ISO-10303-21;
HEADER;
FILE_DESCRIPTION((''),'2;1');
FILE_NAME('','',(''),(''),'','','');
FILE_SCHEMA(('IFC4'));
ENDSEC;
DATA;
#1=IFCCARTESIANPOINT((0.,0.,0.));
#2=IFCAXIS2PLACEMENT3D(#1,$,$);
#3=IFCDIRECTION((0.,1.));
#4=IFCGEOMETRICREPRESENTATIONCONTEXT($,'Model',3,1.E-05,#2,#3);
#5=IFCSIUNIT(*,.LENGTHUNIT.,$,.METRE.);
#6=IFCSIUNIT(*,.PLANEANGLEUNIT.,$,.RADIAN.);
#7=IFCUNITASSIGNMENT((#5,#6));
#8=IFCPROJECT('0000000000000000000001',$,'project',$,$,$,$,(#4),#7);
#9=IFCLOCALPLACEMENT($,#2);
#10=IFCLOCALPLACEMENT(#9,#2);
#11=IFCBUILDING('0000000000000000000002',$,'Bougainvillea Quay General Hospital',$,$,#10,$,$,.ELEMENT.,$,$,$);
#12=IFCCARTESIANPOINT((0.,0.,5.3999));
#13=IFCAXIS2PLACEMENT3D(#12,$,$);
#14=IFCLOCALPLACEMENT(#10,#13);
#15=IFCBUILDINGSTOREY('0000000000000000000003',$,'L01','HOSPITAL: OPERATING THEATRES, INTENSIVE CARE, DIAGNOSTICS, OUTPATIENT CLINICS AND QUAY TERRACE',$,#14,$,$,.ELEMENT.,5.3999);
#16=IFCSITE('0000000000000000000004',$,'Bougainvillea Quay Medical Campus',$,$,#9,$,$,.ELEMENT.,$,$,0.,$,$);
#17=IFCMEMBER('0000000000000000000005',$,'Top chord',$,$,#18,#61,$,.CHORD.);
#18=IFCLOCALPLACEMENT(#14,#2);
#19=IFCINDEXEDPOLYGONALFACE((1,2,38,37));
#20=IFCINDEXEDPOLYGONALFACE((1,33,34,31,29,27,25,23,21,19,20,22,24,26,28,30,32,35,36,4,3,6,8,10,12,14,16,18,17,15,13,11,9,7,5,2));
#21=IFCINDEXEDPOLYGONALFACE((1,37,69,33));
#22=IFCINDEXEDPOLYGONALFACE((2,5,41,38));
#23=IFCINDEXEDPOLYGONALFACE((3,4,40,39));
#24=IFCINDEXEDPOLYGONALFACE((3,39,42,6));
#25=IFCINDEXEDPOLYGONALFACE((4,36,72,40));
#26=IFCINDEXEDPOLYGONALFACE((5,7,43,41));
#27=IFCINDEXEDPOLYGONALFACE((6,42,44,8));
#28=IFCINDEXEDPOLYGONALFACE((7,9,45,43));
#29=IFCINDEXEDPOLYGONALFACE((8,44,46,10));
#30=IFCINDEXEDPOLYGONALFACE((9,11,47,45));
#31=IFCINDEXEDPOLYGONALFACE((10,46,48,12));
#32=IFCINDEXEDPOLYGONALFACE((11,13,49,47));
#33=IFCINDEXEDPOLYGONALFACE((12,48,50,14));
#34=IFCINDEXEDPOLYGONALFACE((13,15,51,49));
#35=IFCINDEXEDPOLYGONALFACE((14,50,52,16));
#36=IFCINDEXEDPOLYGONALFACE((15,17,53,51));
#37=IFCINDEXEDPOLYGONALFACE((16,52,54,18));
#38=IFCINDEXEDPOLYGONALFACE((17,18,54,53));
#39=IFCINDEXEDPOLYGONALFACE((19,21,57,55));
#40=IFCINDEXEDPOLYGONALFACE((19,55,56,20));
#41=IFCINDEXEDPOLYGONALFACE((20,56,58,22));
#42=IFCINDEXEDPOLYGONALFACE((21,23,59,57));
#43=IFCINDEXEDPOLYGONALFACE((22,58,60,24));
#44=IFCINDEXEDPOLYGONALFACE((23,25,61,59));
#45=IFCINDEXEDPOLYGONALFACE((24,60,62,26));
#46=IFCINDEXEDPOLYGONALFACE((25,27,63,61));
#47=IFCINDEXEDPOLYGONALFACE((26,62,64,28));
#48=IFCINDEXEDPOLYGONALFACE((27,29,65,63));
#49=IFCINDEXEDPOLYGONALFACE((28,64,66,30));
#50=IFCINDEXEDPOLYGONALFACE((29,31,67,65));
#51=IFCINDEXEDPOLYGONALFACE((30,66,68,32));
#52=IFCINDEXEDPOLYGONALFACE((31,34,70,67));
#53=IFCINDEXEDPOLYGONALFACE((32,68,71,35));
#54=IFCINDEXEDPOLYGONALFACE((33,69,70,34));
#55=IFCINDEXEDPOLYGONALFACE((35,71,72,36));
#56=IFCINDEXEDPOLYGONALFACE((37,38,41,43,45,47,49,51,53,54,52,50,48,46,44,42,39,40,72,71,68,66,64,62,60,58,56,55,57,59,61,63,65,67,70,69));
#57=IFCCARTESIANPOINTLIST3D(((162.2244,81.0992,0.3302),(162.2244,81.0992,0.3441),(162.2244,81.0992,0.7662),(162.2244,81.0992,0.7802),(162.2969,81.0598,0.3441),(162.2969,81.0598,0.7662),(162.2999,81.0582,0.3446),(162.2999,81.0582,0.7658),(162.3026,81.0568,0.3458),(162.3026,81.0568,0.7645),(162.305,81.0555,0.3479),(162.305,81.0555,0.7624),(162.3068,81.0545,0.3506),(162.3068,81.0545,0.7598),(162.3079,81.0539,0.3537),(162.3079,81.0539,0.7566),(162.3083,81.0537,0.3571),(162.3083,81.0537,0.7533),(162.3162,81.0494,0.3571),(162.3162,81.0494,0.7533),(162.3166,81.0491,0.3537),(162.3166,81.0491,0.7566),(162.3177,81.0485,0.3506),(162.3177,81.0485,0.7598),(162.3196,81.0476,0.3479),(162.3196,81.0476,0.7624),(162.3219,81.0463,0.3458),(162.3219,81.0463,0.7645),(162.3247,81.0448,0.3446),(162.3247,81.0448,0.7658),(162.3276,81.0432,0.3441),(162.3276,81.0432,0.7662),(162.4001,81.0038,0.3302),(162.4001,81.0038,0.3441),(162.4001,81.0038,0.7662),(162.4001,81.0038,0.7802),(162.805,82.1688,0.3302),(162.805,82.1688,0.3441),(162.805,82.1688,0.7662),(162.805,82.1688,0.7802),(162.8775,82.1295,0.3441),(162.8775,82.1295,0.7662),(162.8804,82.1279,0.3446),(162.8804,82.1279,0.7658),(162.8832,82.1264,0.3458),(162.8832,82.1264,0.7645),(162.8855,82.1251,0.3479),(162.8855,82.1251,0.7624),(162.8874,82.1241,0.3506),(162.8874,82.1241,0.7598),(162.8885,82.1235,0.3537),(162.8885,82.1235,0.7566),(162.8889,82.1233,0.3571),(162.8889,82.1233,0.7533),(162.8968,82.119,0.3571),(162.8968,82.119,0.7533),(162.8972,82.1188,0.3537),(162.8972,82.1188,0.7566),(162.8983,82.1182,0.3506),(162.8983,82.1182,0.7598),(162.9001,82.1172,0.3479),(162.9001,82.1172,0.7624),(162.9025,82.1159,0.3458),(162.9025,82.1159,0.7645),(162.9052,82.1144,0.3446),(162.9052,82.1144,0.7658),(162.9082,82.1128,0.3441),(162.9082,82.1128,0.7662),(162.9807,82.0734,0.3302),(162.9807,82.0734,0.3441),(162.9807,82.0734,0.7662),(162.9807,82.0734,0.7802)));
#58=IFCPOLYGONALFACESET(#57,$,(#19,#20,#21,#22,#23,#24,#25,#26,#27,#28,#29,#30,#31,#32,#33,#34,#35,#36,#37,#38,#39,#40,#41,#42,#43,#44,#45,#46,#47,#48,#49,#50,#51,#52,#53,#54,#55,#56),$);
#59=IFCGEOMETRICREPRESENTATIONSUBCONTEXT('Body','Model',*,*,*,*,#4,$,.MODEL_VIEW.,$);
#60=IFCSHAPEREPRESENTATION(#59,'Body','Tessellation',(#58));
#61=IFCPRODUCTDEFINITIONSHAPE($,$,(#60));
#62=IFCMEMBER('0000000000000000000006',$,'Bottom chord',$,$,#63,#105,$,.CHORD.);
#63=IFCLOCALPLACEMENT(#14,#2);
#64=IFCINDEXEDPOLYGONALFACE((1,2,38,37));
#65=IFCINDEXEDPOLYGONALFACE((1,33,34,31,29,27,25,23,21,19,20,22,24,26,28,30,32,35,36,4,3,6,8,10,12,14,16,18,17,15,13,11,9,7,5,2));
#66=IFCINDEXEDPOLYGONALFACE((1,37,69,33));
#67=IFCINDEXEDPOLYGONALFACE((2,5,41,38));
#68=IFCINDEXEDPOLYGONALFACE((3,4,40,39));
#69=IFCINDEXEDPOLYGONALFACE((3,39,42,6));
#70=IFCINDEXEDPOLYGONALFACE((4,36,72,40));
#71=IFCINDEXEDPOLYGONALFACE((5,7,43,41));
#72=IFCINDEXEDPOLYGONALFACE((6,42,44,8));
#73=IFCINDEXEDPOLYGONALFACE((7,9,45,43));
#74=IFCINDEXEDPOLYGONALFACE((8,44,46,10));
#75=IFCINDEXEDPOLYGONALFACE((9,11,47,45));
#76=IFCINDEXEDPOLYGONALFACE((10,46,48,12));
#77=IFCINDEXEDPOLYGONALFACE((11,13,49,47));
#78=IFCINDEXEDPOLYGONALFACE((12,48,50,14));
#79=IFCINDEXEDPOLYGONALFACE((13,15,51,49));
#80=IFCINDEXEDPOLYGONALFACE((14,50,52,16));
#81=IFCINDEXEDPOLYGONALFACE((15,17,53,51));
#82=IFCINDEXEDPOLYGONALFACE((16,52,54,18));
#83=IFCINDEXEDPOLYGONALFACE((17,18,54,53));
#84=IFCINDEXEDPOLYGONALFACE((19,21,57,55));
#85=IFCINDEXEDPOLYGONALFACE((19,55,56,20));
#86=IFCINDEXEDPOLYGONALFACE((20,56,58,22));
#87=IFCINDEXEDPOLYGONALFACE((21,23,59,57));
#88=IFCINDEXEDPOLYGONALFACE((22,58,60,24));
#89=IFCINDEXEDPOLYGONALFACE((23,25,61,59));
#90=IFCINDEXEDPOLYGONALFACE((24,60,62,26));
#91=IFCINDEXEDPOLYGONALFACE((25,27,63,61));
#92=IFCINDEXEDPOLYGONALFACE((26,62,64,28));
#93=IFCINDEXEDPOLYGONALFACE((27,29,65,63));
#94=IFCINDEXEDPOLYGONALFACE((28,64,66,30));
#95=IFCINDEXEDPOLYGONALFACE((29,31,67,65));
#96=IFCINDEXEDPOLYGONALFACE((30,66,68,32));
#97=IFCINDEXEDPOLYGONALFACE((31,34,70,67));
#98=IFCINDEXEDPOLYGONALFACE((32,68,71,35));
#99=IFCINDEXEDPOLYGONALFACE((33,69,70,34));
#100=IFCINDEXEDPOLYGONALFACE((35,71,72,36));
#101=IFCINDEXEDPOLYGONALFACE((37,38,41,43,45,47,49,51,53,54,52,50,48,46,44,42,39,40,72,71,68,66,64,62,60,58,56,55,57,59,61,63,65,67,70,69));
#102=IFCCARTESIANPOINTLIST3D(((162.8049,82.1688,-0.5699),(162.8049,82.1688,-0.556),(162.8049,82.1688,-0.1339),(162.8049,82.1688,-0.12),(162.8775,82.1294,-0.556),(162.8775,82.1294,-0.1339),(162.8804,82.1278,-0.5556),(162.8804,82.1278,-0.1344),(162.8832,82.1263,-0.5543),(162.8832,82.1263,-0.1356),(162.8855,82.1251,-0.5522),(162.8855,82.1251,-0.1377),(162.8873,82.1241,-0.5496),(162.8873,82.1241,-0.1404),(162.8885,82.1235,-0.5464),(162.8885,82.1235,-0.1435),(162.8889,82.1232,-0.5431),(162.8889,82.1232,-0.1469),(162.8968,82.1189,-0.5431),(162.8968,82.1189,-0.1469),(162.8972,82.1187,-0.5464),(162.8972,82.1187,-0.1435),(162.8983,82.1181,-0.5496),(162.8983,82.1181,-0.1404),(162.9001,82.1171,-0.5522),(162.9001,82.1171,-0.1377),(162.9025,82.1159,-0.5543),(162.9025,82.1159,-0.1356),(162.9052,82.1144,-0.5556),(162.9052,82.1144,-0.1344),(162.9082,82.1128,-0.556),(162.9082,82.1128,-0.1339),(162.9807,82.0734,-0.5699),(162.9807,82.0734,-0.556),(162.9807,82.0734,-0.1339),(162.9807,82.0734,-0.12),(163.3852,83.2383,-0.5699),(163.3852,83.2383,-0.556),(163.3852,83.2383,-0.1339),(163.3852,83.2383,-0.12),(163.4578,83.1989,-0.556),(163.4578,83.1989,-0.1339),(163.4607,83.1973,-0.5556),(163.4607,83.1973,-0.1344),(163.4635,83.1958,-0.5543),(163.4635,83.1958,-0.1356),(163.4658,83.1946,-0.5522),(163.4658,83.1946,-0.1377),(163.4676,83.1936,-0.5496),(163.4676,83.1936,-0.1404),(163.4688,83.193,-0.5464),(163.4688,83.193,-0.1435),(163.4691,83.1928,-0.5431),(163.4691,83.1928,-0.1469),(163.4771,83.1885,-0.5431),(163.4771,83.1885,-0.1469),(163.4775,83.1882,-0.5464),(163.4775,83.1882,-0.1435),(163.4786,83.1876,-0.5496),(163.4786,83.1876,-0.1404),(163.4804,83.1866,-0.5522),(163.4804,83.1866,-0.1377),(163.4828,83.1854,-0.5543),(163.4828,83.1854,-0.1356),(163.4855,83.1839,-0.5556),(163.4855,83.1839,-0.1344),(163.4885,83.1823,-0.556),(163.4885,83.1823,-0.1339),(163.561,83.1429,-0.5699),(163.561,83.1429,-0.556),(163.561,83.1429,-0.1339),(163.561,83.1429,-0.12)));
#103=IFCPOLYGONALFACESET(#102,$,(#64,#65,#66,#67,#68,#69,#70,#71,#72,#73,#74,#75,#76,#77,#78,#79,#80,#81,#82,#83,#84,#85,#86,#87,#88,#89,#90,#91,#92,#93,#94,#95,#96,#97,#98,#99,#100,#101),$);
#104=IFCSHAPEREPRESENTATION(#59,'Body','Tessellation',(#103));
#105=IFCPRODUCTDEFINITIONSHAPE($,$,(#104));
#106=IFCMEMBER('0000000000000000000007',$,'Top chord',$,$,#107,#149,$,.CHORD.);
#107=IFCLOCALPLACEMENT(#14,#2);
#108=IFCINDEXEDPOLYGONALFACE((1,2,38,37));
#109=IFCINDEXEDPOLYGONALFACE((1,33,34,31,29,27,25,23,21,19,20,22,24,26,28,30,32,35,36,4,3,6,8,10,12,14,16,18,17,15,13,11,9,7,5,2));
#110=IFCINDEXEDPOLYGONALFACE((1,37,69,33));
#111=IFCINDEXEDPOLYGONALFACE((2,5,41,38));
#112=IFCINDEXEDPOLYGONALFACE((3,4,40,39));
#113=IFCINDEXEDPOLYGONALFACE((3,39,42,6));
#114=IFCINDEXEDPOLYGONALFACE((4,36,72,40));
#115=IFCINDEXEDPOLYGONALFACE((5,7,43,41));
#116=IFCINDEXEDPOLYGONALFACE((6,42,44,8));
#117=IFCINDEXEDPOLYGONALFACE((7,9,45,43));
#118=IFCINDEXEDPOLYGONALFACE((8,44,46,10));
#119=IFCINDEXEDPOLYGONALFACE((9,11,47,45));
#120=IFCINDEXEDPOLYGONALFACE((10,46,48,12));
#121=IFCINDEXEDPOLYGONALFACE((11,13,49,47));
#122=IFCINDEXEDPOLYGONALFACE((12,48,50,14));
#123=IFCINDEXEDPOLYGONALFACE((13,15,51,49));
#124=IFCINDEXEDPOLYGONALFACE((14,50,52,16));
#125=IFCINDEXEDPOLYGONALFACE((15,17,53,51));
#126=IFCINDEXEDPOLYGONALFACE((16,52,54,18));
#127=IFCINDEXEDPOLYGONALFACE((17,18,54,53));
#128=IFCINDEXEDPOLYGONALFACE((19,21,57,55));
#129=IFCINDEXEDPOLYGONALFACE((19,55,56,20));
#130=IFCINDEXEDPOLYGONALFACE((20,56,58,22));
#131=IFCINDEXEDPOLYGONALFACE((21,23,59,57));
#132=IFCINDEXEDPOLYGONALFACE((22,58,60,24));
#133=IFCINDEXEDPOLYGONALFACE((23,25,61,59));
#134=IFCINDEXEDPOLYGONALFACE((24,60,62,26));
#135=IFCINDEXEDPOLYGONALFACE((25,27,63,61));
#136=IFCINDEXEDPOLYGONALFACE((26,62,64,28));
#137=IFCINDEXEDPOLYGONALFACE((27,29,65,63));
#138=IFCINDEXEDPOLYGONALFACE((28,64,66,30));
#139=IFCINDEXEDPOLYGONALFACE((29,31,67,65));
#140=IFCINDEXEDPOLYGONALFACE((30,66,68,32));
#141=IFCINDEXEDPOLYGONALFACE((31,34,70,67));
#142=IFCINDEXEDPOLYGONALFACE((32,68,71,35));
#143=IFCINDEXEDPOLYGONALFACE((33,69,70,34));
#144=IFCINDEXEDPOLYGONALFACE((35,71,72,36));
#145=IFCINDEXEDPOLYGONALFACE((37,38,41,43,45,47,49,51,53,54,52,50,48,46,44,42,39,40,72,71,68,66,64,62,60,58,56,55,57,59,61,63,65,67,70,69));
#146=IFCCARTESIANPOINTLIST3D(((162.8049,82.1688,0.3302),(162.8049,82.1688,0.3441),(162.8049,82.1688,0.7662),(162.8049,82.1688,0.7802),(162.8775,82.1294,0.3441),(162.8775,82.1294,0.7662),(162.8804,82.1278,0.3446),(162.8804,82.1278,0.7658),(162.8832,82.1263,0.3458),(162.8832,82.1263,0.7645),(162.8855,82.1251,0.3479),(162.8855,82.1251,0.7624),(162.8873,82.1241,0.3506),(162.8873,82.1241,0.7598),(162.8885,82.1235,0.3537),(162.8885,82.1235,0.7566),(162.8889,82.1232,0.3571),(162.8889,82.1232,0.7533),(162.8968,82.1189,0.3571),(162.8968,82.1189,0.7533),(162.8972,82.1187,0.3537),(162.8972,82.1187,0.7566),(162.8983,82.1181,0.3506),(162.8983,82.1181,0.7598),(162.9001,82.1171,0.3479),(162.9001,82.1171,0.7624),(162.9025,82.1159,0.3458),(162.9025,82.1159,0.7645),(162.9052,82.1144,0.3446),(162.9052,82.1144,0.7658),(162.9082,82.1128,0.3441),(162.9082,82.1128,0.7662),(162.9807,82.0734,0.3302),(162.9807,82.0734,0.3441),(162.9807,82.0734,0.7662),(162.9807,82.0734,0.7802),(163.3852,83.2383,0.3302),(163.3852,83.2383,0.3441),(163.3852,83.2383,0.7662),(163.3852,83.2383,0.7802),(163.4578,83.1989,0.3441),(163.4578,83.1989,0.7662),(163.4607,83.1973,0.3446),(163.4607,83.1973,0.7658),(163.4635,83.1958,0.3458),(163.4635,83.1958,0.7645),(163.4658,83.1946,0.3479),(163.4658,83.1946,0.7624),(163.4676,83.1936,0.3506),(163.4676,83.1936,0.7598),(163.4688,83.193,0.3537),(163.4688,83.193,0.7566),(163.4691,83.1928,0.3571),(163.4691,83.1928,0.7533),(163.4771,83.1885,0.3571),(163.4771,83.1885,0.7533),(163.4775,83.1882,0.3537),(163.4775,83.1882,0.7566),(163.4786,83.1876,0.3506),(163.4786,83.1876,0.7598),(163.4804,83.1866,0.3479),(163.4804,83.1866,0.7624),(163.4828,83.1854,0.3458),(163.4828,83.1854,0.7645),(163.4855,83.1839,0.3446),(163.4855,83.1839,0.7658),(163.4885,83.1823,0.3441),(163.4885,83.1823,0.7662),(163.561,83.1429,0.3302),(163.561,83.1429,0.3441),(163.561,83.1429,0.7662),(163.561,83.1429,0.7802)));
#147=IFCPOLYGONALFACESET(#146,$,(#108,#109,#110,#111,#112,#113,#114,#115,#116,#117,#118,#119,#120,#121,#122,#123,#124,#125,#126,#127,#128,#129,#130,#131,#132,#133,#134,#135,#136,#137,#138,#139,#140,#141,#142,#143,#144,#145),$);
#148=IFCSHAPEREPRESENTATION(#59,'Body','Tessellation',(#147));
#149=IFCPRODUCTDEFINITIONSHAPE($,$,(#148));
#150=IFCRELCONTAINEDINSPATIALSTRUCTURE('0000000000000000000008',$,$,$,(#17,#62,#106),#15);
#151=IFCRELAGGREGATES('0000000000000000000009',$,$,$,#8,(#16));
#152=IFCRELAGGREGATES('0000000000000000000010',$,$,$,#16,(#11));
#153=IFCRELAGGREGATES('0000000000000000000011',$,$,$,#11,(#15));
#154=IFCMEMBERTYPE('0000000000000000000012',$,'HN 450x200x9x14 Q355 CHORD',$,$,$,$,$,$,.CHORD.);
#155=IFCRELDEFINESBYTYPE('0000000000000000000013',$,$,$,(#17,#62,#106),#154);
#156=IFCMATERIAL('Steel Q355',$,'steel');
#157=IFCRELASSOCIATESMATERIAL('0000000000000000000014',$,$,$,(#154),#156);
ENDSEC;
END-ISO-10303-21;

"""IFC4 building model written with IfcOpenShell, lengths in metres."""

from ifc_helpers import new_model, si_unit, direction, frame, origin, origin_2d, place, context, subcontext, project, spatial, i_section, extrude, material, material_profile, profile_set, type_object, element, save


model = new_model("IFC4")

# Units and contexts
model_context = context("Model", 3, precision=1e-05, world=origin(), true_north=direction((0.0, 1.0)))
body_context = subcontext(model_context, "Body", "Model", "MODEL_VIEW")
ifc_project = project(units=[si_unit("LENGTHUNIT", "METRE"), si_unit("PLANEANGLEUNIT", "RADIAN")], contexts=[model_context])

# Site, building, storey
site_placement = place(None, origin())
site = spatial("IfcSite", under=ifc_project, at=site_placement, Name="Bougainvillea Quay Medical Campus", CompositionType="ELEMENT", RefElevation=0.0)
building_placement = place(site_placement, origin())
building = spatial("IfcBuilding", under=site, at=building_placement, Name="Bougainvillea Quay General Hospital", CompositionType="ELEMENT")
storey_placement = place(building_placement, frame((0.0, 0.0, 5.3999)))
storey = spatial("IfcBuildingStorey", under=building, at=storey_placement, Name="L01", Description="HOSPITAL: OPERATING THEATRES, INTENSIVE CARE, DIAGNOSTICS, OUTPATIENT CLINICS AND QUAY TERRACE", CompositionType="ELEMENT", Elevation=5.3999)

# Members
ifc_material_1 = material(Name="Steel Q355", Category="steel")
ifc_material_profile_1 = material_profile(ifc_material_1, i_section(OverallWidth=0.2, OverallDepth=0.45, WebThickness=0.009, FlangeThickness=0.0139, FilletRadius=0.0129, at=origin_2d()))
ifc_profile_set_1 = profile_set([ifc_material_profile_1], Name="Steel Q355")
member_type_1 = type_object("IfcMemberType", Name="HN 450x200x9x14 Q355 CHORD", PredefinedType="CHORD", material=ifc_profile_set_1)
for number, where, z_axis, x_axis, name in (
    (1, (162.3123, 81.0515, 0.5552), (0.477052, 0.878875, 0.0), (-0.878875, 0.477052, 0.0), "Top chord"),
):
    element("IfcMember", number, at=place(storey_placement, frame(where, z_axis=z_axis, x_axis=x_axis)), inside=storey, type_object=member_type_1, Name=name, PredefinedType="CHORD", context=body_context, shape_type="SweptSolid", body=[
        extrude(i_section(OverallWidth=0.2, OverallDepth=0.45, WebThickness=0.009, FlangeThickness=0.0139, FilletRadius=0.0129, at=origin_2d()), origin(), (0.0, 0.0, 1.0), 1.217),
    ])
for number, where, z_axis, x_axis, name in (
    (2, (162.8928, 82.1211, -0.345), (0.476897, 0.878959, 0.0), (-0.878959, 0.476897, 0.0), "Bottom chord"),
    (3, (162.8928, 82.1211, 0.5552), (0.476897, 0.878959, 0.0), (-0.878959, 0.476897, 0.0), "Top chord"),
):
    element("IfcMember", number, at=place(storey_placement, frame(where, z_axis=z_axis, x_axis=x_axis)), inside=storey, type_object=member_type_1, Name=name, PredefinedType="CHORD", context=body_context, shape_type="SweptSolid", body=[
        extrude(i_section(OverallWidth=0.2, OverallDepth=0.45, WebThickness=0.009, FlangeThickness=0.0139, FilletRadius=0.0129, at=origin_2d()), origin(), (0.0, 0.0, 1.0), 1.2168),
    ])

save(model, "model.ifc")
